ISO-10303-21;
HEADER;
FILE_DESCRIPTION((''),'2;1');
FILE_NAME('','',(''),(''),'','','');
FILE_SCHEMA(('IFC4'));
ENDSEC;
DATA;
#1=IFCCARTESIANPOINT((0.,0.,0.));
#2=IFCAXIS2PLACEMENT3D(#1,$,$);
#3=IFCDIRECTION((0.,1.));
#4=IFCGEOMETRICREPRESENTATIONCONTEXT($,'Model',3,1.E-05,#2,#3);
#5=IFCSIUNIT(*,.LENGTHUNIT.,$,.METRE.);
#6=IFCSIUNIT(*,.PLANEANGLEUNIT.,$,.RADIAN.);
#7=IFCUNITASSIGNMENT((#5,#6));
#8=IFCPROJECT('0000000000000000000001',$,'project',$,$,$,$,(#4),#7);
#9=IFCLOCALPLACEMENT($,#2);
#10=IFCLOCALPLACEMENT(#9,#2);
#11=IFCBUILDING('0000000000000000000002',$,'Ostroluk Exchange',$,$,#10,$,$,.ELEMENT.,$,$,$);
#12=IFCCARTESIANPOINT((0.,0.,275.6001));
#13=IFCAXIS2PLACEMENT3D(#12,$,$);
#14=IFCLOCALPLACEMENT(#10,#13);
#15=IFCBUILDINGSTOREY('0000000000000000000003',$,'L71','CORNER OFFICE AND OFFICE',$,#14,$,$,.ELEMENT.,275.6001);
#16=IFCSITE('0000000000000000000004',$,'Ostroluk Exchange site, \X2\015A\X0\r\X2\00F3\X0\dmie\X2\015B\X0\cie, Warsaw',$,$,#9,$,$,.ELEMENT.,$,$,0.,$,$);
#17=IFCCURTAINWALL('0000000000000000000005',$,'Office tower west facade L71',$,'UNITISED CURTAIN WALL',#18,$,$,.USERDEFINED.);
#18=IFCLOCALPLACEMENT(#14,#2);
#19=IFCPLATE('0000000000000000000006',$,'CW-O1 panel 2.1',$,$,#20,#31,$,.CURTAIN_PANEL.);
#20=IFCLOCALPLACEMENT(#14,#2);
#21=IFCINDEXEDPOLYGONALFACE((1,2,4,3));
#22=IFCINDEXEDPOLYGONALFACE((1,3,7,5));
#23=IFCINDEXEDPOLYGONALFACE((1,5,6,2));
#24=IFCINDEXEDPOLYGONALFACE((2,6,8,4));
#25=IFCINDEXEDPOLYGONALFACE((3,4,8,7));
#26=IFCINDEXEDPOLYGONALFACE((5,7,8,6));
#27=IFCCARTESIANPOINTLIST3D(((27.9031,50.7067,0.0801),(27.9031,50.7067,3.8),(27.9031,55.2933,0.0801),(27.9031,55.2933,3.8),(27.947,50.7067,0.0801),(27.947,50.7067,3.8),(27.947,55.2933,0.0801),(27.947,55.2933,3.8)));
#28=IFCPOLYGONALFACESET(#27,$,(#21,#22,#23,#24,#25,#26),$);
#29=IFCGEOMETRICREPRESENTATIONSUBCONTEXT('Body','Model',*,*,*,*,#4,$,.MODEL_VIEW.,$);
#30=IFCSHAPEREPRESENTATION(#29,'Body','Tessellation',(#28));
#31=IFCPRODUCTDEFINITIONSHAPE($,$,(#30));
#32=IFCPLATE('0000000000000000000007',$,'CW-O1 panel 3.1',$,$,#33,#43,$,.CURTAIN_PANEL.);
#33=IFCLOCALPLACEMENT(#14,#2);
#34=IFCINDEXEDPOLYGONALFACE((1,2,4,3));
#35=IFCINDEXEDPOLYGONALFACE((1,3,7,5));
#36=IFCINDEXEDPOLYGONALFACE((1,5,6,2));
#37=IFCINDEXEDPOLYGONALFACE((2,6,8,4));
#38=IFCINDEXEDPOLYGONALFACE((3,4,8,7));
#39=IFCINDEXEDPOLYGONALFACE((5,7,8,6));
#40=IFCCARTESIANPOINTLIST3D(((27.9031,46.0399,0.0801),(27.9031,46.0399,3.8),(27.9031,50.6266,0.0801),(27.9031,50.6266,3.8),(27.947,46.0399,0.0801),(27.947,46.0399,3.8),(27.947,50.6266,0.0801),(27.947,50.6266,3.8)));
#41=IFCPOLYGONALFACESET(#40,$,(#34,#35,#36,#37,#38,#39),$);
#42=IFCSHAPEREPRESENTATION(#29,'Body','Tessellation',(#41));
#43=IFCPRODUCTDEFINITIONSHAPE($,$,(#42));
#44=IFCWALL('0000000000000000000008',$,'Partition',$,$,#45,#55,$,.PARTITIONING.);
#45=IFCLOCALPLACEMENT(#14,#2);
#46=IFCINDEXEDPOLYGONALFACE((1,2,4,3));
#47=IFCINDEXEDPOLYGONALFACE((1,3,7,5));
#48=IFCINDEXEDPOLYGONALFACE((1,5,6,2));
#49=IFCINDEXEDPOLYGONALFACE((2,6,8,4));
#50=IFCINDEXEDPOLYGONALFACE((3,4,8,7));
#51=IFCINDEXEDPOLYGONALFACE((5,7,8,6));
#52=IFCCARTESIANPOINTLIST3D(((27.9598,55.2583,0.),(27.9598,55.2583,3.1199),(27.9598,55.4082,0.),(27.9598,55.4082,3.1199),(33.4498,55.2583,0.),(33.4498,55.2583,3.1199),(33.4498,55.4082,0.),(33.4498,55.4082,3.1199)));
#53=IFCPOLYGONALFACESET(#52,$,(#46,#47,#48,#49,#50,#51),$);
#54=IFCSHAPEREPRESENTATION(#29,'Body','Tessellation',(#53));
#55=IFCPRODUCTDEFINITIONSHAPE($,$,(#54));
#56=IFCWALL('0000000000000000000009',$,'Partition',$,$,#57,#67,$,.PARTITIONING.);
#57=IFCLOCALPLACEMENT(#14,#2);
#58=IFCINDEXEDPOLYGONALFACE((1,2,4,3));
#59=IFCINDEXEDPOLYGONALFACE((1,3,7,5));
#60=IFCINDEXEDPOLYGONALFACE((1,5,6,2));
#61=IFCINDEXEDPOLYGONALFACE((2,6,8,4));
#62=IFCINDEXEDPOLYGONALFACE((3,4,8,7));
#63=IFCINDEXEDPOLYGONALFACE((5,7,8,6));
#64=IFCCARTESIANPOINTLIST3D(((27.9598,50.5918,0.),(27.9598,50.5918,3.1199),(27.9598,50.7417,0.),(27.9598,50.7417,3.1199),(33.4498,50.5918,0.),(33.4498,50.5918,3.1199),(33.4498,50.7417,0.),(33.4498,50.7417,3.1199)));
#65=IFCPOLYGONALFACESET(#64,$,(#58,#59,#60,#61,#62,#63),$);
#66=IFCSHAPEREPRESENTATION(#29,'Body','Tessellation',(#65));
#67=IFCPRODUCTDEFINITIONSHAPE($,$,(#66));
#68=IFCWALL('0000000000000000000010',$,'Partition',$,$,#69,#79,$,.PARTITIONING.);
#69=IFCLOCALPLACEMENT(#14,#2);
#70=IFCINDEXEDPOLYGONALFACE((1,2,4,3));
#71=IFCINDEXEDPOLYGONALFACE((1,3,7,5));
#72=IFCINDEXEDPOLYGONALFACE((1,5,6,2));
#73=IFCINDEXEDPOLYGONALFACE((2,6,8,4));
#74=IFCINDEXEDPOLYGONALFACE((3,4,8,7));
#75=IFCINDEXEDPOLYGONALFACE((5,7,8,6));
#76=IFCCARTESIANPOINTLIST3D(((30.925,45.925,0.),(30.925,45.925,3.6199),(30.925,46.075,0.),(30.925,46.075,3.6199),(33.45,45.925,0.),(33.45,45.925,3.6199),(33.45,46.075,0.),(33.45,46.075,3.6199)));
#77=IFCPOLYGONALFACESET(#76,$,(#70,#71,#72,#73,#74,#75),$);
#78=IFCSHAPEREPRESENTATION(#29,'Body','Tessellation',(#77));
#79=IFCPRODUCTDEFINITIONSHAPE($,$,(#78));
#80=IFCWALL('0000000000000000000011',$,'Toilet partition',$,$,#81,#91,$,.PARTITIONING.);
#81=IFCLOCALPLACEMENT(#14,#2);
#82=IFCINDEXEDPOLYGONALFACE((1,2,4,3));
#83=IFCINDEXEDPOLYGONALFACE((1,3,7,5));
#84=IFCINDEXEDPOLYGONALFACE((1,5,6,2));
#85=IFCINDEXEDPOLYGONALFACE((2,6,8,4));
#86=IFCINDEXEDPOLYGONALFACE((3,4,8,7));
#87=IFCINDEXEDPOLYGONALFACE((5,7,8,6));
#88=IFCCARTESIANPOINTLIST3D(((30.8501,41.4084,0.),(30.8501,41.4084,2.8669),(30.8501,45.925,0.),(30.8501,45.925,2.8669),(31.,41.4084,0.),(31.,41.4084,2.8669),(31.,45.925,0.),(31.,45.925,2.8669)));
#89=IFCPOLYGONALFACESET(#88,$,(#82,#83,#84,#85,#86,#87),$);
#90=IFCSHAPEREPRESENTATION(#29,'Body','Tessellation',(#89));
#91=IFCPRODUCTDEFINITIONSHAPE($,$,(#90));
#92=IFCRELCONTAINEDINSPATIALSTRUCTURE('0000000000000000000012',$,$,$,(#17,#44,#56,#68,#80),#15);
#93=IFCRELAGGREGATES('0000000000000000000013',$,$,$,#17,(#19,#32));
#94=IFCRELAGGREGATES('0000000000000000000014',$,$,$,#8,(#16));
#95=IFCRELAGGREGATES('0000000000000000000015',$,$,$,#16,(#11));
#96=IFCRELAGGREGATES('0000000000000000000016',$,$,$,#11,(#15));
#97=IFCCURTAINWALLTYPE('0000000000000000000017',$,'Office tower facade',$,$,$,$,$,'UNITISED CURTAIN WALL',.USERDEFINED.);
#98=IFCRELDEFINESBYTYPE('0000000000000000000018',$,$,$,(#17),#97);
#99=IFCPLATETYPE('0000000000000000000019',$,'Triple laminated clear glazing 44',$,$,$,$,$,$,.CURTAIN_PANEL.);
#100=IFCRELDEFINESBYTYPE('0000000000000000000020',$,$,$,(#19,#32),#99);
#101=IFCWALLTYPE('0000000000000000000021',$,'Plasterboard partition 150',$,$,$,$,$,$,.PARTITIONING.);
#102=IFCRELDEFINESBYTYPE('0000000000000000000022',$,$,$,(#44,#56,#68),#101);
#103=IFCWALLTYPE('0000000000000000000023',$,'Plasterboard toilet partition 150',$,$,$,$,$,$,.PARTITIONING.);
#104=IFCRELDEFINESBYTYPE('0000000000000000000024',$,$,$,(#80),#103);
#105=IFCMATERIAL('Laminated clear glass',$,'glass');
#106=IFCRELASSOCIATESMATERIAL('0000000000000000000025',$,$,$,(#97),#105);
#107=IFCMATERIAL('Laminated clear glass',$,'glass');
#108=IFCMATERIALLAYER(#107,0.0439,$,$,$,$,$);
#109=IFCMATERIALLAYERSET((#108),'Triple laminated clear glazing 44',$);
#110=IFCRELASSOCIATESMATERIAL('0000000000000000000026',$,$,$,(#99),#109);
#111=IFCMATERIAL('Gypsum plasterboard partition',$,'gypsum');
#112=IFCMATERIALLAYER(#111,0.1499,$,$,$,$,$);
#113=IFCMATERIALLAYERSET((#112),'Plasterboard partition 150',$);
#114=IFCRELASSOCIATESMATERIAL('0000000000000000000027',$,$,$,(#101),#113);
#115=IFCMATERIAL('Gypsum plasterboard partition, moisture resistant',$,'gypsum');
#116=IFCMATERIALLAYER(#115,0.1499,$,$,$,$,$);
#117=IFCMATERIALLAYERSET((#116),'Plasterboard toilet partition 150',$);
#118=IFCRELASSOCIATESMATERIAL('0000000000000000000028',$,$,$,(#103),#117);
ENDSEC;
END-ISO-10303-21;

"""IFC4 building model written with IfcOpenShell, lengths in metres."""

from ifc_helpers import new_model, si_unit, direction, frame, frame_2d, origin, origin_2d, place, context, subcontext, project, spatial, rectangle, extrude, material, layer, layer_set, type_object, element, aggregate, save


model = new_model("IFC4")

# Units and contexts
model_context = context("Model", 3, precision=1e-05, world=origin(), true_north=direction((0.0, 1.0)))
body_context = subcontext(model_context, "Body", "Model", "MODEL_VIEW")
ifc_project = project(units=[si_unit("LENGTHUNIT", "METRE"), si_unit("PLANEANGLEUNIT", "RADIAN")], contexts=[model_context])

# Site, building, storey
site_placement = place(None, origin())
site = spatial("IfcSite", under=ifc_project, at=site_placement, Name="Ostroluk Exchange site, Śródmieście, Warsaw", CompositionType="ELEMENT", RefElevation=0.0)
building_placement = place(site_placement, origin())
building = spatial("IfcBuilding", under=site, at=building_placement, Name="Ostroluk Exchange", CompositionType="ELEMENT")
storey_placement = place(building_placement, frame((0.0, 0.0, 275.6001)))
storey = spatial("IfcBuildingStorey", under=building, at=storey_placement, Name="L71", Description="CORNER OFFICE AND OFFICE", CompositionType="ELEMENT", Elevation=275.6001)

# Curtain wall, plates
ifc_material_1 = material(Name="Laminated clear glass", Category="glass")
curtain_wall_type = type_object("IfcCurtainWallType", Name="Office tower facade", ElementType="UNITISED CURTAIN WALL", PredefinedType="USERDEFINED", material=ifc_material_1)
curtain_wall_placement = place(storey_placement, origin())
curtain_wall = element("IfcCurtainWall", 1, at=curtain_wall_placement, inside=storey, type_object=curtain_wall_type, Name="Office tower west facade L71", ObjectType="UNITISED CURTAIN WALL", PredefinedType="USERDEFINED")
ifc_material_2 = material(Name="Laminated clear glass", Category="glass")
ifc_layer_1 = layer(ifc_material_2, 0.0439)
ifc_layer_set_1 = layer_set([ifc_layer_1], Name="Triple laminated clear glazing 44")
plate_type = type_object("IfcPlateType", Name="Triple laminated clear glazing 44", PredefinedType="CURTAIN_PANEL", material=ifc_layer_set_1)
plate_1_placement = place(storey_placement, frame((27.925, 53.0, 0.0801), z_axis=(0.0, 0.0, 1.0), x_axis=(0.0, -1.0, 0.0)))
plate_1 = element("IfcPlate", 2, at=plate_1_placement, type_object=plate_type, Name="CW-O1 panel 2.1", PredefinedType="CURTAIN_PANEL", context=body_context, shape_type="SweptSolid", body=[
    extrude(rectangle(XDim=4.5867, YDim=0.0439, at=origin_2d()), origin(), (0.0, 0.0, 1.0), 3.72),
])
plate_2_placement = place(storey_placement, frame((27.925, 48.3333, 0.0801), z_axis=(0.0, 0.0, 1.0), x_axis=(0.0, -1.0, 0.0)))
plate_2 = element("IfcPlate", 3, at=plate_2_placement, type_object=plate_type, Name="CW-O1 panel 3.1", PredefinedType="CURTAIN_PANEL", context=body_context, shape_type="SweptSolid", body=[
    extrude(rectangle(XDim=4.5867, YDim=0.0439, at=origin_2d()), origin(), (0.0, 0.0, 1.0), 3.72),
])
aggregate(curtain_wall, [plate_1, plate_2])

# Walls
ifc_material_3 = material(Name="Gypsum plasterboard partition", Category="gypsum")
ifc_layer_2 = layer(ifc_material_3, 0.1499)
ifc_layer_set_2 = layer_set([ifc_layer_2], Name="Plasterboard partition 150")
wall_type_1 = type_object("IfcWallType", Name="Plasterboard partition 150", PredefinedType="PARTITIONING", material=ifc_layer_set_2)
for number, where, z_axis, x_axis, name in (
    (4, (33.45, 55.3333, 0.0), (0.0, 0.0, 1.0), (-1.0, 0.0, 0.0), "Partition"),
    (5, (33.45, 50.6667, 0.0), (0.0, 0.0, 1.0), (-1.0, 0.0, 0.0), "Partition"),
):
    element("IfcWall", number, at=place(storey_placement, frame(where, z_axis=z_axis, x_axis=x_axis)), inside=storey, type_object=wall_type_1, Name=name, PredefinedType="PARTITIONING", context=body_context, shape_type="SweptSolid", body=[
        extrude(rectangle(XDim=5.49, YDim=0.1499, at=frame_2d((2.7451, 0.0))), origin(), (0.0, 0.0, 1.0), 3.1199),
    ])
wall_1_placement = place(storey_placement, frame((33.45, 46.0, 0.0), z_axis=(0.0, 0.0, 1.0), x_axis=(-1.0, 0.0, 0.0)))
element("IfcWall", 6, at=wall_1_placement, inside=storey, type_object=wall_type_1, Name="Partition", PredefinedType="PARTITIONING", context=body_context, shape_type="SweptSolid", body=[
    extrude(rectangle(XDim=2.5249, YDim=0.1499, at=frame_2d((1.2625, 0.0))), origin(), (0.0, 0.0, 1.0), 3.6199),
])
ifc_material_4 = material(Name="Gypsum plasterboard partition, moisture resistant", Category="gypsum")
ifc_layer_3 = layer(ifc_material_4, 0.1499)
ifc_layer_set_3 = layer_set([ifc_layer_3], Name="Plasterboard toilet partition 150")
wall_type_2 = type_object("IfcWallType", Name="Plasterboard toilet partition 150", PredefinedType="PARTITIONING", material=ifc_layer_set_3)
wall_2_placement = place(storey_placement, frame((30.925, 45.925, 0.0), z_axis=(0.0, 0.0, 1.0), x_axis=(0.0, -1.0, 0.0)))
element("IfcWall", 7, at=wall_2_placement, inside=storey, type_object=wall_type_2, Name="Toilet partition", PredefinedType="PARTITIONING", context=body_context, shape_type="SweptSolid", body=[
    extrude(rectangle(XDim=4.5166, YDim=0.1499, at=frame_2d((2.2583, 0.0))), origin(), (0.0, 0.0, 1.0), 2.8669),
])

save(model, "model.ifc")
